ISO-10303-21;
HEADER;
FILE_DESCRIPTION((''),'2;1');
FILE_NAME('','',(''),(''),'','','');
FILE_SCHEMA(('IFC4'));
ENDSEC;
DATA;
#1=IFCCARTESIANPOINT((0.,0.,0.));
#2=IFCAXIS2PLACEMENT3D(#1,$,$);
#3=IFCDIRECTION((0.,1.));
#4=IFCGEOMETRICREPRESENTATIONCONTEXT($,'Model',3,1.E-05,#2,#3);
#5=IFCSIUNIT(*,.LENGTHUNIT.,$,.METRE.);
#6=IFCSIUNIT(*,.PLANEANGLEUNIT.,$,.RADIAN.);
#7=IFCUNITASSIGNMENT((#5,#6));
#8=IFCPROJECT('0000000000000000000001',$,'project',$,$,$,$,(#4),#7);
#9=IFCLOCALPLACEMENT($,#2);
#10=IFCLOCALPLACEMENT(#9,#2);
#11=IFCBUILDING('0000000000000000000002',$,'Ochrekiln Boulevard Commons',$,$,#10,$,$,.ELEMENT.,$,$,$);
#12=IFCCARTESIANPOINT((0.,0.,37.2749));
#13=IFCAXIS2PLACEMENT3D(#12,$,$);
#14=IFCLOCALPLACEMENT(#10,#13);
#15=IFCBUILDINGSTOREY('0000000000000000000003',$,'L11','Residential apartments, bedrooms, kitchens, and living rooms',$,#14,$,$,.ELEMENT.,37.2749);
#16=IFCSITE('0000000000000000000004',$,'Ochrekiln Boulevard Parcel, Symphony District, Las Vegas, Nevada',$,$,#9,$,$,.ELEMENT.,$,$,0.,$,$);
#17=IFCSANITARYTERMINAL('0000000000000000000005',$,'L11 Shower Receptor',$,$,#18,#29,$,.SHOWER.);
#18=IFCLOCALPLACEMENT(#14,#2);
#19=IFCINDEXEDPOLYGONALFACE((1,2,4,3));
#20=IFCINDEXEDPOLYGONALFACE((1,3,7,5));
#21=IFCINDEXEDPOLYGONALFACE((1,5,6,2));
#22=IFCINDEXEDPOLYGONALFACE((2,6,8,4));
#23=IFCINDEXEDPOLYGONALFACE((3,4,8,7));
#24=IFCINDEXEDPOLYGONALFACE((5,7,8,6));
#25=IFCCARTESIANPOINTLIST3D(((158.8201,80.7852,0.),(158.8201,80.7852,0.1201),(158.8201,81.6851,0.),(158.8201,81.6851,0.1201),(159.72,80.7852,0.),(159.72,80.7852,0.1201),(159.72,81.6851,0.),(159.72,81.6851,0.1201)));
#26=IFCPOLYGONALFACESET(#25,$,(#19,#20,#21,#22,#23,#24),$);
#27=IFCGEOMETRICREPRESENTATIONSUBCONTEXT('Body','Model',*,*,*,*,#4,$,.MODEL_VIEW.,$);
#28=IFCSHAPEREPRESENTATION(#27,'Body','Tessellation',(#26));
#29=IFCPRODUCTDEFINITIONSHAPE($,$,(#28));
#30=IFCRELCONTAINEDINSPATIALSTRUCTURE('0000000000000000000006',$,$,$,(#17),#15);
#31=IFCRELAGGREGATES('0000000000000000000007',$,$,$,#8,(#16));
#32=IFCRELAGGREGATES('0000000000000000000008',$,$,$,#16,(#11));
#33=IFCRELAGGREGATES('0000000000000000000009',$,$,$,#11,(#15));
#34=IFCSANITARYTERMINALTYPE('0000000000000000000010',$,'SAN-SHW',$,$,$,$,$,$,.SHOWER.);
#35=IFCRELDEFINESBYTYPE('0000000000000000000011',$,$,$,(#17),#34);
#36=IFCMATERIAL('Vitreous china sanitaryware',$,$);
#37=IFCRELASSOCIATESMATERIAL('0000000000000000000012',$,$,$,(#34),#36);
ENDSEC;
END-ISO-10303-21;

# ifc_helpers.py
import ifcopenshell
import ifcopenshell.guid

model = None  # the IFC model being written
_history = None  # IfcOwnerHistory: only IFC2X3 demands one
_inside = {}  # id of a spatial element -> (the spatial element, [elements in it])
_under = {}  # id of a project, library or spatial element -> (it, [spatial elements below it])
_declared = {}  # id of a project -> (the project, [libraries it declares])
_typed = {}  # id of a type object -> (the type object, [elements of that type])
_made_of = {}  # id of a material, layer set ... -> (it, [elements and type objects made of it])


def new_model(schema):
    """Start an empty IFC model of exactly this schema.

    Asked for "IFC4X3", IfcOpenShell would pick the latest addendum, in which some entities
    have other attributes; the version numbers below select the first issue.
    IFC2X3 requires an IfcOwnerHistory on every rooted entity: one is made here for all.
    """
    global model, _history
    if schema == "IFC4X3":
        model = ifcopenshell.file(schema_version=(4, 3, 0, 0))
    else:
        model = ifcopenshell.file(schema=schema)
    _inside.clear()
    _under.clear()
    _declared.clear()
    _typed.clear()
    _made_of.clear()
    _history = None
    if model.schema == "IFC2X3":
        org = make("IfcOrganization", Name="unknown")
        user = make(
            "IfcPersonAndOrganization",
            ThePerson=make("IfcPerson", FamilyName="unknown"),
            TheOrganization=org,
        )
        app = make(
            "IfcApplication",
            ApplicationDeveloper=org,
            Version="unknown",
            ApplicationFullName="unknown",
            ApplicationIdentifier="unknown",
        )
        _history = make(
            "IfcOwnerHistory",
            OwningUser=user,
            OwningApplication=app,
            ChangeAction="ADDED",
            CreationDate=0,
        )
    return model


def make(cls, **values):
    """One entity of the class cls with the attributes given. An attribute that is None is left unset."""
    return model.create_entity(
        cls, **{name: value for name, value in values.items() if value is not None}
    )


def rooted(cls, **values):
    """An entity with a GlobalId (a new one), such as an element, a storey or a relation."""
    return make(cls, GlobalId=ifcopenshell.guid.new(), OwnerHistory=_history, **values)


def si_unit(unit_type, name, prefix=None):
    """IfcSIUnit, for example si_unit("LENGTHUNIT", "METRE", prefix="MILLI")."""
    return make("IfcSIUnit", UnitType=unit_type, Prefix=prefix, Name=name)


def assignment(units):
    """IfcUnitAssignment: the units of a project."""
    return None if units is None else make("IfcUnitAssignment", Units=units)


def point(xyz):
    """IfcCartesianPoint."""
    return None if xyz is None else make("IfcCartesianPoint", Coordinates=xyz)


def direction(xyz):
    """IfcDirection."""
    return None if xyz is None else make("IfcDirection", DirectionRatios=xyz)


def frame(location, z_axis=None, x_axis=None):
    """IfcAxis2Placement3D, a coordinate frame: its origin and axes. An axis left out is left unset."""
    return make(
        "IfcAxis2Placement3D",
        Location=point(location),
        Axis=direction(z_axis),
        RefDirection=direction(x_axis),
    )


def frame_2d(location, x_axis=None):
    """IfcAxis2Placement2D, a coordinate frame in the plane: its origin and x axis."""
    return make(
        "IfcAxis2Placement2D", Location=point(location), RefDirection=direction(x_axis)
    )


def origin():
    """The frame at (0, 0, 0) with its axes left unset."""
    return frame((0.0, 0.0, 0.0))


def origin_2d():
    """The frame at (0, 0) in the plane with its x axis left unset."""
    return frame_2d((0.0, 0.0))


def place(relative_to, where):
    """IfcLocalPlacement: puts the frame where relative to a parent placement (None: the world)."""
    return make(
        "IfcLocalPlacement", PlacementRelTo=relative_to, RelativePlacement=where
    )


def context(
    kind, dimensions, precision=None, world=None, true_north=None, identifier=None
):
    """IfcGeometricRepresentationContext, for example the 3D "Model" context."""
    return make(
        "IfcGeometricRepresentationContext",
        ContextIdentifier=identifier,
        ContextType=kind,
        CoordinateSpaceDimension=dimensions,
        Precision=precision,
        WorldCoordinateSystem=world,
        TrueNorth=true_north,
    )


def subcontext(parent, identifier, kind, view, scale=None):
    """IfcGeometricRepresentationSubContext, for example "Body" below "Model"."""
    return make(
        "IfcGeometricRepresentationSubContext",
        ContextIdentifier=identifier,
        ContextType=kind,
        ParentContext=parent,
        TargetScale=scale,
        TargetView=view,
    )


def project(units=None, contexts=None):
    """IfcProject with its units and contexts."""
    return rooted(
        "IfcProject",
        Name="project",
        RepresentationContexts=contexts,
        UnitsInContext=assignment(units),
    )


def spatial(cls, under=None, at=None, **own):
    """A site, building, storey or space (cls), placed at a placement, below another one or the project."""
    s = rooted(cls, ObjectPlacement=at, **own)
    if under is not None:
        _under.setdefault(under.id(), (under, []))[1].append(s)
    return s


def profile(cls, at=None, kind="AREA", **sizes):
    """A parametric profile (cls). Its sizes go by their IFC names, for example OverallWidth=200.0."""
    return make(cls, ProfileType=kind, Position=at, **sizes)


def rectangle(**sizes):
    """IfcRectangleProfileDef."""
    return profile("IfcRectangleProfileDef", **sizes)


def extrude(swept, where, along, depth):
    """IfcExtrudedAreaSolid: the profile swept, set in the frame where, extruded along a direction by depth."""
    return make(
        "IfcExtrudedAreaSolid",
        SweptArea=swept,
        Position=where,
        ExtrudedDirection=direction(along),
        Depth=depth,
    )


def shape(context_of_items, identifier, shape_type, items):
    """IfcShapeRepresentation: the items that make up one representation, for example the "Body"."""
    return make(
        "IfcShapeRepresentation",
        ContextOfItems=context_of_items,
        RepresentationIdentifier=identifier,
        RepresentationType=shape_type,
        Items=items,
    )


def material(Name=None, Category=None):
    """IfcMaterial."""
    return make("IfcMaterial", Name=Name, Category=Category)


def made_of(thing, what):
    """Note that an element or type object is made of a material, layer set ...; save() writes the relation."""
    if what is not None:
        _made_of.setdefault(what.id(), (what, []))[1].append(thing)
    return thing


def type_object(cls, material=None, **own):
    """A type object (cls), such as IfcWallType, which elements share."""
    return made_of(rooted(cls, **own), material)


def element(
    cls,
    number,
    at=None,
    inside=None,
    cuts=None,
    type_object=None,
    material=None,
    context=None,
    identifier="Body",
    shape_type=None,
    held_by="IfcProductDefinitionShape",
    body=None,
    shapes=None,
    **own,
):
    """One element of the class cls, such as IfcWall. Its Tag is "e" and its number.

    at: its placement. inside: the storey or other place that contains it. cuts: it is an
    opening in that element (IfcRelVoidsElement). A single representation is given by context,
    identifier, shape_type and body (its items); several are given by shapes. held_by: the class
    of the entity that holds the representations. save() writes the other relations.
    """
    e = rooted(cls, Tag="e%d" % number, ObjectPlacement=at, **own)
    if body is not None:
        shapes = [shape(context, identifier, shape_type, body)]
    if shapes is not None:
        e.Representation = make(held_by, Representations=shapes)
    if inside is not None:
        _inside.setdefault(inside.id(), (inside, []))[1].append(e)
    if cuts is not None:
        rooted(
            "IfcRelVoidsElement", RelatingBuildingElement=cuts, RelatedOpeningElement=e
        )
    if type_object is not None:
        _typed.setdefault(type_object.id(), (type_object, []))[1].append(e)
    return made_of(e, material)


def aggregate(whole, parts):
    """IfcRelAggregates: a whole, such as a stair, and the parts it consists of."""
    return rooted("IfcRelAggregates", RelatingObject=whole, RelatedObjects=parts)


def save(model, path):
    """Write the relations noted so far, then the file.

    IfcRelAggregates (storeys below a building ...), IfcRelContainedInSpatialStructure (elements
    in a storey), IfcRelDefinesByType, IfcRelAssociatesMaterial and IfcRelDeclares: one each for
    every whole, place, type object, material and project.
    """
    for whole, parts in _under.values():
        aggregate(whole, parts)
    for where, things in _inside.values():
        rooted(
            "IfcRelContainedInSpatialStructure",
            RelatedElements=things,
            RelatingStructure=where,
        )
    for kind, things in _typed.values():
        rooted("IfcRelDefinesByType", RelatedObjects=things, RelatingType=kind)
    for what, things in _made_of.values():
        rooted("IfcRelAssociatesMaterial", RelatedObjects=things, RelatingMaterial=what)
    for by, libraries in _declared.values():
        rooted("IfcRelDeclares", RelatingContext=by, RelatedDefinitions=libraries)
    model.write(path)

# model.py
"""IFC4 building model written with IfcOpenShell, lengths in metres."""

from ifc_helpers import new_model, si_unit, direction, frame, origin, origin_2d, place, context, subcontext, project, spatial, rectangle, extrude, material, type_object, element, save


model = new_model("IFC4")

# Units and contexts
model_context = context("Model", 3, precision=1e-05, world=origin(), true_north=direction((0.0, 1.0)))
body_context = subcontext(model_context, "Body", "Model", "MODEL_VIEW")
ifc_project = project(units=[si_unit("LENGTHUNIT", "METRE"), si_unit("PLANEANGLEUNIT", "RADIAN")], contexts=[model_context])

# Site, building, storey
site_placement = place(None, origin())
site = spatial("IfcSite", under=ifc_project, at=site_placement, Name="Ochrekiln Boulevard Parcel, Symphony District, Las Vegas, Nevada", CompositionType="ELEMENT", RefElevation=0.0)
building_placement = place(site_placement, origin())
building = spatial("IfcBuilding", under=site, at=building_placement, Name="Ochrekiln Boulevard Commons", CompositionType="ELEMENT")
storey_placement = place(building_placement, frame((0.0, 0.0, 37.2749)))
storey = spatial("IfcBuildingStorey", under=building, at=storey_placement, Name="L11", Description="Residential apartments, bedrooms, kitchens, and living rooms", CompositionType="ELEMENT", Elevation=37.2749)

# Sanitary terminal
ifc_material_1 = material(Name="Vitreous china sanitaryware")
sanitary_terminal_type = type_object("IfcSanitaryTerminalType", Name="SAN-SHW", PredefinedType="SHOWER", material=ifc_material_1)
sanitary_terminal_placement = place(storey_placement, frame((159.27, 81.2351, 0.0), z_axis=(0.0, 0.0, 1.0), x_axis=(1.0, 0.0, 0.0)))
element("IfcSanitaryTerminal", 1, at=sanitary_terminal_placement, inside=storey, type_object=sanitary_terminal_type, Name="L11 Shower Receptor", PredefinedType="SHOWER", context=body_context, shape_type="SweptSolid", body=[
    extrude(rectangle(XDim=0.8999, YDim=0.8999, at=origin_2d()), origin(), (0.0, 0.0, 1.0), 0.1201),
])

save(model, "model.ifc")
